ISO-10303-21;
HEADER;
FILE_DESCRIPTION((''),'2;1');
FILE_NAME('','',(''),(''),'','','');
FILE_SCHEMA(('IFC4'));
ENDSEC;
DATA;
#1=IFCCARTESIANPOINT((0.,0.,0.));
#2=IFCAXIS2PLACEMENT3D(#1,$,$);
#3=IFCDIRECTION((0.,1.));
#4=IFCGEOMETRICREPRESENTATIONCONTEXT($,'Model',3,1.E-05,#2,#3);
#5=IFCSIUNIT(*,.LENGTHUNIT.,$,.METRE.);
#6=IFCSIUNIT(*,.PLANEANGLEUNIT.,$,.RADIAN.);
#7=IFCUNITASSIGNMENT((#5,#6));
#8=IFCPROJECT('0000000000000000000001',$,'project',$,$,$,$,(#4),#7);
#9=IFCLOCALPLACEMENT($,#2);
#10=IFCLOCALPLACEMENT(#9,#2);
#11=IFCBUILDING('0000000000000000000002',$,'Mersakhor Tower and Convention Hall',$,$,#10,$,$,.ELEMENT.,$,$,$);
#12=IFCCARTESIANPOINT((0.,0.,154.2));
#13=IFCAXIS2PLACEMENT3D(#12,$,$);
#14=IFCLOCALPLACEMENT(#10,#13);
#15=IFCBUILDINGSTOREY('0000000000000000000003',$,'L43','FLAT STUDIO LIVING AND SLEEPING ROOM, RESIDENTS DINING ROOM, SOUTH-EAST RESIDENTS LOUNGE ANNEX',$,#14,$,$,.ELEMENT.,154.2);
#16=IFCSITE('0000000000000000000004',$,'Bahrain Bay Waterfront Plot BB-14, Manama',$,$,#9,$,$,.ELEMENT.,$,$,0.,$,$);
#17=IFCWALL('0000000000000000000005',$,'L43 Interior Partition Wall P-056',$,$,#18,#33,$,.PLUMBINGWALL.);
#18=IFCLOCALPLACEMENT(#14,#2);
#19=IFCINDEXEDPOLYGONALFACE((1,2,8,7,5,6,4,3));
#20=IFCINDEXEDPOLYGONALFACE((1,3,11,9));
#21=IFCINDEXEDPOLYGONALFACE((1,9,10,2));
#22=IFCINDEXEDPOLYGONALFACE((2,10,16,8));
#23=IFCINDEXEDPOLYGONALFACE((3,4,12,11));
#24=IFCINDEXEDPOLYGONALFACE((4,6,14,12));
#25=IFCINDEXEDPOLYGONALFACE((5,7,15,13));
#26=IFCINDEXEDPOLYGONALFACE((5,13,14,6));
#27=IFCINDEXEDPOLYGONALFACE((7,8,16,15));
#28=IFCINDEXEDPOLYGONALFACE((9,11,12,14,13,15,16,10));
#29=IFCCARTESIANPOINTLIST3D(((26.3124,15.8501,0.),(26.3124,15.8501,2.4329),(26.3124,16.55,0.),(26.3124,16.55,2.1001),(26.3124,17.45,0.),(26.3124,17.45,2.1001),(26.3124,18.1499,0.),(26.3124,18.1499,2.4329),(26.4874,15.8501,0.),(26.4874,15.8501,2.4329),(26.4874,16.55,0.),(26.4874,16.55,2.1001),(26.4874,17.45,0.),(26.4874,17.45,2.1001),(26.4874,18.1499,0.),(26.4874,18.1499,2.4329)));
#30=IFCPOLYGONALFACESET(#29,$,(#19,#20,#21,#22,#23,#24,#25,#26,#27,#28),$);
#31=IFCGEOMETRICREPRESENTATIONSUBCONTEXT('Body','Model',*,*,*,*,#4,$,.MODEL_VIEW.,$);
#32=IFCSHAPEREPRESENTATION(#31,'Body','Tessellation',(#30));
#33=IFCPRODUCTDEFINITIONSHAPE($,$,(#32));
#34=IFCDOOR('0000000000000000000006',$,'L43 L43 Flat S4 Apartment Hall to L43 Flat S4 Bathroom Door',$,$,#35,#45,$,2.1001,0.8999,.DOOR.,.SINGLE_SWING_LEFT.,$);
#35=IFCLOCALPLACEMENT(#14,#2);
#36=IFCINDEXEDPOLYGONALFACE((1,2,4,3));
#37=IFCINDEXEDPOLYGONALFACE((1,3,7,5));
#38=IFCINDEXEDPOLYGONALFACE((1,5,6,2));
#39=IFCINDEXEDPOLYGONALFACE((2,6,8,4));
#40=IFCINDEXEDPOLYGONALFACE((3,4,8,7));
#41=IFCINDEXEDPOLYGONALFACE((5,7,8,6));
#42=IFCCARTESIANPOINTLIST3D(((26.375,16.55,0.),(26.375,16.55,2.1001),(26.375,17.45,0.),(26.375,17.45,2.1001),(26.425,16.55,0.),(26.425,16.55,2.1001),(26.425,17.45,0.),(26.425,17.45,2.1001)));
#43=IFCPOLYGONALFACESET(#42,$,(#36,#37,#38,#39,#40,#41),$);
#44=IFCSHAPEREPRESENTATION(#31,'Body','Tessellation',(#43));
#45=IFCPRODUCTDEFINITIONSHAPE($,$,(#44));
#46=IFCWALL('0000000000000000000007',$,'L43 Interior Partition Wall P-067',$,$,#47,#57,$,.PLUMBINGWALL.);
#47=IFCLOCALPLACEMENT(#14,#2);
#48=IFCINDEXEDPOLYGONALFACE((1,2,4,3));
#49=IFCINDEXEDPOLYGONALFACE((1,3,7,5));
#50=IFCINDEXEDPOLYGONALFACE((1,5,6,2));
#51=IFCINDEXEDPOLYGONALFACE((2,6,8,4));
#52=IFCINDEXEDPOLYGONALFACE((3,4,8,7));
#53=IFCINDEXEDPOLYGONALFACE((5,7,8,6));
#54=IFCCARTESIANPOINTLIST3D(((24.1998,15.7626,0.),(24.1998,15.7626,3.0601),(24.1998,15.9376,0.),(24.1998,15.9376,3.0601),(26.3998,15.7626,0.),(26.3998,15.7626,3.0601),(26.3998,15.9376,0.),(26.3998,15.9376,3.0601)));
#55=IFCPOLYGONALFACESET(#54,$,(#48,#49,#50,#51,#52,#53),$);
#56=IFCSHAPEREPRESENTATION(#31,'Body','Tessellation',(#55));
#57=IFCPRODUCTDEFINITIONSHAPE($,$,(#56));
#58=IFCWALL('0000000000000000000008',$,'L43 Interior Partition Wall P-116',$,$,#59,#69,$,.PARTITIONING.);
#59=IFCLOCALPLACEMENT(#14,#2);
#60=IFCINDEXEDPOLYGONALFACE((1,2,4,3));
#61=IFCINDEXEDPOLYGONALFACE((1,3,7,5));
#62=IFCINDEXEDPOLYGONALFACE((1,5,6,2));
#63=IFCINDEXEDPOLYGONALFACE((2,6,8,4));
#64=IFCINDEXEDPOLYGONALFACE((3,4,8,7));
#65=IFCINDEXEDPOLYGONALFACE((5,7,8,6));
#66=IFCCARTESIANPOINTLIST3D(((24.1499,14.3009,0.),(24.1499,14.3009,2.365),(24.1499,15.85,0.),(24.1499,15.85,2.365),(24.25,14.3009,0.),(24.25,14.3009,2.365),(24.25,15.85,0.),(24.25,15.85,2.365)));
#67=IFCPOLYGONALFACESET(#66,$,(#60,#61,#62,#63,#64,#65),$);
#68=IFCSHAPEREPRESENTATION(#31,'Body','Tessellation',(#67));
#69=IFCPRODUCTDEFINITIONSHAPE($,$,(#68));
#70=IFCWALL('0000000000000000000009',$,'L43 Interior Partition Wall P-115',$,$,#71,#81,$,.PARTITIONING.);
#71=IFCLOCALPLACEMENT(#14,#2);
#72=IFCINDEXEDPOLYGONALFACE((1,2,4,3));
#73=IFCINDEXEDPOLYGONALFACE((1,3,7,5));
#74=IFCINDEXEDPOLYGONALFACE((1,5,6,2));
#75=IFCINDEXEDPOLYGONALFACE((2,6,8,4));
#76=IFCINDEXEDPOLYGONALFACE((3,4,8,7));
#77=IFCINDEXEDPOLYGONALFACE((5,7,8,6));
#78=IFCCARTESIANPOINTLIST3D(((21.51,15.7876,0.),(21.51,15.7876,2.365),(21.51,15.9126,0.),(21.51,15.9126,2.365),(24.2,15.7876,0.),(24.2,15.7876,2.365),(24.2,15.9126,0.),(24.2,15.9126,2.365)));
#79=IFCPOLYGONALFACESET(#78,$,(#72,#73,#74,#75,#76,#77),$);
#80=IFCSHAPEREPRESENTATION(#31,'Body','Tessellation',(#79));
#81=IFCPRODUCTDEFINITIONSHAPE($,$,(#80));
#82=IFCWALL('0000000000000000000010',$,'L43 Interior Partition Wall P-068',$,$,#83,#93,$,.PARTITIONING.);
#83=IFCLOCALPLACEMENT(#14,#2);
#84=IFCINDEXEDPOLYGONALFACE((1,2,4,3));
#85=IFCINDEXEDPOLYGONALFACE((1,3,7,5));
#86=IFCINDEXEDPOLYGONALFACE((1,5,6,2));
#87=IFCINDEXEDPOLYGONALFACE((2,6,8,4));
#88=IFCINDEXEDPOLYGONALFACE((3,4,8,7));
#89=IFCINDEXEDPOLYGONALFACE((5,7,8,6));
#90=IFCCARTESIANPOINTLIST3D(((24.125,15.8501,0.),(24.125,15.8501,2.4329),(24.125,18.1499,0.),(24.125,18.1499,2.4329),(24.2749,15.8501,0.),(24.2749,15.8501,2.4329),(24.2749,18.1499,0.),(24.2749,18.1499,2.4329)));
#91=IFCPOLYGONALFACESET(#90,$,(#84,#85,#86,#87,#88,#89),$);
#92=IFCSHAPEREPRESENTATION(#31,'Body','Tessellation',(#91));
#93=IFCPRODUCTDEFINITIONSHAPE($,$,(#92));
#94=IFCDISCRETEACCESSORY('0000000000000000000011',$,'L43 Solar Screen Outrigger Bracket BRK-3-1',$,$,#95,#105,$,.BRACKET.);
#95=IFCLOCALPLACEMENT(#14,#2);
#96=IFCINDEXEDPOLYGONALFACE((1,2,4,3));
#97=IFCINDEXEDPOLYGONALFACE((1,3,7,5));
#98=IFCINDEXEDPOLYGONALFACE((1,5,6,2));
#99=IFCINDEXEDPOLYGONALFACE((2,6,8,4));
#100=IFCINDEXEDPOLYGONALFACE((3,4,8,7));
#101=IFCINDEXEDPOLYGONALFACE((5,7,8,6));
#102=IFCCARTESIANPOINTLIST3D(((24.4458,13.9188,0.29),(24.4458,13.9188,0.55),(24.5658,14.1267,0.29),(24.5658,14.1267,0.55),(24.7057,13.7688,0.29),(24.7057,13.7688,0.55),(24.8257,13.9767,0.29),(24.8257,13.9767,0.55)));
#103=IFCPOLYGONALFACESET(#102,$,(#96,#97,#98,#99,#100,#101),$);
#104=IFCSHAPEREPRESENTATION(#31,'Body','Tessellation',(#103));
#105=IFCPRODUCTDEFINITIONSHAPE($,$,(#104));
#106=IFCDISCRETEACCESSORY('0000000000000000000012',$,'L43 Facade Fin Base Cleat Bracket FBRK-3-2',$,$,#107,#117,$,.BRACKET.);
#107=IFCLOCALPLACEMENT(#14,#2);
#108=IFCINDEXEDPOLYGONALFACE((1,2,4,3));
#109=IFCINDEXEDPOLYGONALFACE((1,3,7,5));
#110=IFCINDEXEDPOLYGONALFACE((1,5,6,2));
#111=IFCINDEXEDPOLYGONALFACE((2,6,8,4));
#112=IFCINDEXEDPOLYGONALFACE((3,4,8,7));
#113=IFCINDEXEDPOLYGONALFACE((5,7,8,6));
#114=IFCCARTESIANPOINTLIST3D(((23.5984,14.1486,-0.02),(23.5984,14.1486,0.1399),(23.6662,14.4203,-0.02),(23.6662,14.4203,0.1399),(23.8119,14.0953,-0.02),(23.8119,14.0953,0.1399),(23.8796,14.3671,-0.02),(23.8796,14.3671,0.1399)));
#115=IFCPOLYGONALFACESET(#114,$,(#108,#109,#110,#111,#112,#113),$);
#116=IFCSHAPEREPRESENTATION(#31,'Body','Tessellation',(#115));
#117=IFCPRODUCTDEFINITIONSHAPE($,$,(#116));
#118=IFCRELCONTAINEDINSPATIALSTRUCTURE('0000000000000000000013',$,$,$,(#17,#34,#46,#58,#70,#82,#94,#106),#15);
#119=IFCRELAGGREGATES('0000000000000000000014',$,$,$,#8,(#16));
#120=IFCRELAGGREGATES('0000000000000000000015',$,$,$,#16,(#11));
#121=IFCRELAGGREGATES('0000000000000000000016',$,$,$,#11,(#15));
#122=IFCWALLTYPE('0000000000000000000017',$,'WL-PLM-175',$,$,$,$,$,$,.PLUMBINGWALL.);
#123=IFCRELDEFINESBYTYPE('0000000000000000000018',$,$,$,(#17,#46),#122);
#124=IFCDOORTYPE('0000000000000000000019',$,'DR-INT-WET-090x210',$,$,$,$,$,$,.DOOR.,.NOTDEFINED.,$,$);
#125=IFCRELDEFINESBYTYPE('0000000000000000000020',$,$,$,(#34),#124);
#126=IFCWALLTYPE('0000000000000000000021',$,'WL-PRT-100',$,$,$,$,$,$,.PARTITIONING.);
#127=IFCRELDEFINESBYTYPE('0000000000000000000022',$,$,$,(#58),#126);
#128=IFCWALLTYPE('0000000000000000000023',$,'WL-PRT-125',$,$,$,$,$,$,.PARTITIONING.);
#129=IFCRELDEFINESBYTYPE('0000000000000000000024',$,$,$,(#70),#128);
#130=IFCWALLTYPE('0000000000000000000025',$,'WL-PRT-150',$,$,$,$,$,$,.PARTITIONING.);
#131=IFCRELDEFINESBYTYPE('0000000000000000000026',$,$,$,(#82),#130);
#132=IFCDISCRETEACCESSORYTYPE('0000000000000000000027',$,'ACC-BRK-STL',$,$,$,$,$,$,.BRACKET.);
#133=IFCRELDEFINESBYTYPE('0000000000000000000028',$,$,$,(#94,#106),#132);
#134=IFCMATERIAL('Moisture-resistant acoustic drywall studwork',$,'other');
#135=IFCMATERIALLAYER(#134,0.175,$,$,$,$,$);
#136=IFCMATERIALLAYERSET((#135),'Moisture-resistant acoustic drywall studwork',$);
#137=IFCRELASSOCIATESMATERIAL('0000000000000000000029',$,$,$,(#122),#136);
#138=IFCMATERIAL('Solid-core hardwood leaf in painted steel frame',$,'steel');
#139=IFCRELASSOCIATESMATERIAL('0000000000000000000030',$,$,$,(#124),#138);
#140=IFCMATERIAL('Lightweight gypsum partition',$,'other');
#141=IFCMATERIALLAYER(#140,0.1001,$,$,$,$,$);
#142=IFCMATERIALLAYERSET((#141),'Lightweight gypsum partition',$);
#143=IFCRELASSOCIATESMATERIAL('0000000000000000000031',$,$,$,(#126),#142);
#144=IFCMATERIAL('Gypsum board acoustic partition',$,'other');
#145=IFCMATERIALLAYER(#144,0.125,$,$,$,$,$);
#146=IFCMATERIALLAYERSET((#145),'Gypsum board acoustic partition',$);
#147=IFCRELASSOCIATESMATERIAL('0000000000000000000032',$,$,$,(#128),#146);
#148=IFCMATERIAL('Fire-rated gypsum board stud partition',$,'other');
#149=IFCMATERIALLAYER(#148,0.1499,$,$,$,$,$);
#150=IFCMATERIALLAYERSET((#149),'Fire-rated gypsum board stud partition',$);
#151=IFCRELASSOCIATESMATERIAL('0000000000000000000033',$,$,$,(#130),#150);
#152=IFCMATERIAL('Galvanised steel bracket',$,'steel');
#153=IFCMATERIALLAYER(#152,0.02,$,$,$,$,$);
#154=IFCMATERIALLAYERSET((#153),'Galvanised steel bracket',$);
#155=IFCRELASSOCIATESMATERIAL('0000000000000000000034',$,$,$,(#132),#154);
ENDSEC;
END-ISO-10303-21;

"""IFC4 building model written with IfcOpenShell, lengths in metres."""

from ifc_helpers import new_model, si_unit, direction, frame, frame_2d, origin, origin_2d, place, context, subcontext, project, spatial, rectangle, extrude, material, layer, layer_set, type_object, element, fill, save


model = new_model("IFC4")

# Units and contexts
model_context = context("Model", 3, precision=1e-05, world=origin(), true_north=direction((0.0, 1.0)))
body_context = subcontext(model_context, "Body", "Model", "MODEL_VIEW")
ifc_project = project(units=[si_unit("LENGTHUNIT", "METRE"), si_unit("PLANEANGLEUNIT", "RADIAN")], contexts=[model_context])

# Site, building, storey
site_placement = place(None, origin())
site = spatial("IfcSite", under=ifc_project, at=site_placement, Name="Bahrain Bay Waterfront Plot BB-14, Manama", CompositionType="ELEMENT", RefElevation=0.0)
building_placement = place(site_placement, origin())
building = spatial("IfcBuilding", under=site, at=building_placement, Name="Mersakhor Tower and Convention Hall", CompositionType="ELEMENT")
storey_placement = place(building_placement, frame((0.0, 0.0, 154.2)))
storey = spatial("IfcBuildingStorey", under=building, at=storey_placement, Name="L43", Description="FLAT STUDIO LIVING AND SLEEPING ROOM, RESIDENTS DINING ROOM, SOUTH-EAST RESIDENTS LOUNGE ANNEX", CompositionType="ELEMENT", Elevation=154.2)

# Wall, opening, door
ifc_material_1 = material(Name="Moisture-resistant acoustic drywall studwork", Category="other")
ifc_layer_1 = layer(ifc_material_1, 0.175)
ifc_layer_set_1 = layer_set([ifc_layer_1], Name="Moisture-resistant acoustic drywall studwork")
wall_type_1 = type_object("IfcWallType", Name="WL-PLM-175", PredefinedType="PLUMBINGWALL", material=ifc_layer_set_1)
wall_1_placement = place(storey_placement, frame((26.3999, 15.8501, 0.0), z_axis=(0.0, 0.0, 1.0), x_axis=(0.0, 1.0, 0.0)))
wall_1 = element("IfcWall", 1, at=wall_1_placement, inside=storey, type_object=wall_type_1, Name="L43 Interior Partition Wall P-056", PredefinedType="PLUMBINGWALL", context=body_context, shape_type="SweptSolid", body=[
    extrude(rectangle(XDim=2.2998, YDim=0.175, at=frame_2d((1.1499, 0.0))), origin(), (0.0, 0.0, 1.0), 2.4329),
])
opening_1_placement = place(wall_1_placement, frame((0.7, 0.0, 0.0)))
opening_1 = element("IfcOpeningElement", 2, at=opening_1_placement, cuts=wall_1, PredefinedType="OPENING", context=body_context, shape_type="SweptSolid", body=[
    extrude(rectangle(XDim=0.8999, YDim=2.1001, at=frame_2d((0.45, 1.05))), frame((0.0, 0.0974, 0.0), z_axis=(0.0, -1.0, 0.0), x_axis=(1.0, 0.0, 0.0)), (0.0, 0.0, 1.0), 0.1951),
])
ifc_material_2 = material(Name="Solid-core hardwood leaf in painted steel frame", Category="steel")
door_type_1 = type_object("IfcDoorType", Name="DR-INT-WET-090x210", OperationType="NOTDEFINED", PredefinedType="DOOR", material=ifc_material_2)
door_1_placement = place(opening_1_placement, origin())
door_1 = element("IfcDoor", 3, at=door_1_placement, inside=storey, type_object=door_type_1, Name="L43 L43 Flat S4 Apartment Hall to L43 Flat S4 Bathroom Door", OperationType="SINGLE_SWING_LEFT", OverallHeight=2.1001, OverallWidth=0.8999, PredefinedType="DOOR", context=body_context, shape_type="SweptSolid", body=[
    extrude(rectangle(XDim=0.8999, YDim=2.1001, at=frame_2d((0.45, 1.05))), frame((0.0, 0.0249, 0.0), z_axis=(0.0, -1.0, 0.0), x_axis=(1.0, 0.0, 0.0)), (0.0, 0.0, 1.0), 0.05),
])
fill(opening_1, door_1)

# Walls
wall_2_placement = place(storey_placement, frame((26.3999, 15.8501, 0.0), z_axis=(0.0, 0.0, 1.0), x_axis=(-1.0, 0.0, 0.0)))
element("IfcWall", 4, at=wall_2_placement, inside=storey, type_object=wall_type_1, Name="L43 Interior Partition Wall P-067", PredefinedType="PLUMBINGWALL", context=body_context, shape_type="SweptSolid", body=[
    extrude(rectangle(XDim=2.2, YDim=0.175, at=frame_2d((1.1001, 0.0))), origin(), (0.0, 0.0, 1.0), 3.0601),
])
ifc_material_3 = material(Name="Lightweight gypsum partition", Category="other")
ifc_layer_2 = layer(ifc_material_3, 0.1001)
ifc_layer_set_2 = layer_set([ifc_layer_2], Name="Lightweight gypsum partition")
wall_type_2 = type_object("IfcWallType", Name="WL-PRT-100", PredefinedType="PARTITIONING", material=ifc_layer_set_2)
wall_3_placement = place(storey_placement, frame((24.2, 14.301, 0.0), z_axis=(0.0, 0.0, 1.0), x_axis=(0.0, 1.0, 0.0)))
element("IfcWall", 5, at=wall_3_placement, inside=storey, type_object=wall_type_2, Name="L43 Interior Partition Wall P-116", PredefinedType="PARTITIONING", context=body_context, shape_type="SweptSolid", body=[
    extrude(rectangle(XDim=1.5491, YDim=0.1001, at=frame_2d((0.7744, 0.0))), origin(), (0.0, 0.0, 1.0), 2.365),
])
ifc_material_4 = material(Name="Gypsum board acoustic partition", Category="other")
ifc_layer_3 = layer(ifc_material_4, 0.125)
ifc_layer_set_3 = layer_set([ifc_layer_3], Name="Gypsum board acoustic partition")
wall_type_3 = type_object("IfcWallType", Name="WL-PRT-125", PredefinedType="PARTITIONING", material=ifc_layer_set_3)
wall_4_placement = place(storey_placement, frame((24.2, 15.8501, 0.0), z_axis=(0.0, 0.0, 1.0), x_axis=(-1.0, 0.0, 0.0)))
element("IfcWall", 6, at=wall_4_placement, inside=storey, type_object=wall_type_3, Name="L43 Interior Partition Wall P-115", PredefinedType="PARTITIONING", context=body_context, shape_type="SweptSolid", body=[
    extrude(rectangle(XDim=2.6899, YDim=0.125, at=frame_2d((1.345, 0.0))), origin(), (0.0, 0.0, 1.0), 2.365),
])

# Shared definitions
ifc_material_5 = material(Name="Fire-rated gypsum board stud partition", Category="other")
ifc_layer_4 = layer(ifc_material_5, 0.1499)
ifc_layer_set_4 = layer_set([ifc_layer_4], Name="Fire-rated gypsum board stud partition")
wall_type_4 = type_object("IfcWallType", Name="WL-PRT-150", PredefinedType="PARTITIONING", material=ifc_layer_set_4)

# Wall
wall_5_placement = place(storey_placement, frame((24.2, 15.8501, 0.0), z_axis=(0.0, 0.0, 1.0), x_axis=(0.0, 1.0, 0.0)))
element("IfcWall", 7, at=wall_5_placement, inside=storey, type_object=wall_type_4, Name="L43 Interior Partition Wall P-068", PredefinedType="PARTITIONING", context=body_context, shape_type="SweptSolid", body=[
    extrude(rectangle(XDim=2.2998, YDim=0.1499, at=frame_2d((1.1499, 0.0))), origin(), (0.0, 0.0, 1.0), 2.4329),
])

# Discrete accessories
ifc_material_6 = material(Name="Galvanised steel bracket", Category="steel")
ifc_layer_5 = layer(ifc_material_6, 0.02)
ifc_layer_set_5 = layer_set([ifc_layer_5], Name="Galvanised steel bracket")
discrete_accessory_type = type_object("IfcDiscreteAccessoryType", Name="ACC-BRK-STL", PredefinedType="BRACKET", material=ifc_layer_set_5)
discrete_accessory_1_placement = place(storey_placement, frame((24.6357, 13.9478, 0.29), z_axis=(0.0, 0.0, 1.0), x_axis=(-0.866025, 0.5, 0.0)))
element("IfcDiscreteAccessory", 8, at=discrete_accessory_1_placement, inside=storey, type_object=discrete_accessory_type, Name="L43 Solar Screen Outrigger Bracket BRK-3-1", PredefinedType="BRACKET", context=body_context, shape_type="SweptSolid", body=[
    extrude(rectangle(XDim=0.3, YDim=0.24, at=origin_2d()), origin(), (0.0, 0.0, 1.0), 0.26),
])
discrete_accessory_2_placement = place(storey_placement, frame((23.739, 14.2578, -0.02), z_axis=(0.0, 0.0, 1.0), x_axis=(-0.241922, -0.970296, 0.0)))
element("IfcDiscreteAccessory", 9, at=discrete_accessory_2_placement, inside=storey, type_object=discrete_accessory_type, Name="L43 Facade Fin Base Cleat Bracket FBRK-3-2", PredefinedType="BRACKET", context=body_context, shape_type="SweptSolid", body=[
    extrude(rectangle(XDim=0.28, YDim=0.22, at=origin_2d()), origin(), (0.0, 0.0, 1.0), 0.1599),
])

save(model, "model.ifc")
